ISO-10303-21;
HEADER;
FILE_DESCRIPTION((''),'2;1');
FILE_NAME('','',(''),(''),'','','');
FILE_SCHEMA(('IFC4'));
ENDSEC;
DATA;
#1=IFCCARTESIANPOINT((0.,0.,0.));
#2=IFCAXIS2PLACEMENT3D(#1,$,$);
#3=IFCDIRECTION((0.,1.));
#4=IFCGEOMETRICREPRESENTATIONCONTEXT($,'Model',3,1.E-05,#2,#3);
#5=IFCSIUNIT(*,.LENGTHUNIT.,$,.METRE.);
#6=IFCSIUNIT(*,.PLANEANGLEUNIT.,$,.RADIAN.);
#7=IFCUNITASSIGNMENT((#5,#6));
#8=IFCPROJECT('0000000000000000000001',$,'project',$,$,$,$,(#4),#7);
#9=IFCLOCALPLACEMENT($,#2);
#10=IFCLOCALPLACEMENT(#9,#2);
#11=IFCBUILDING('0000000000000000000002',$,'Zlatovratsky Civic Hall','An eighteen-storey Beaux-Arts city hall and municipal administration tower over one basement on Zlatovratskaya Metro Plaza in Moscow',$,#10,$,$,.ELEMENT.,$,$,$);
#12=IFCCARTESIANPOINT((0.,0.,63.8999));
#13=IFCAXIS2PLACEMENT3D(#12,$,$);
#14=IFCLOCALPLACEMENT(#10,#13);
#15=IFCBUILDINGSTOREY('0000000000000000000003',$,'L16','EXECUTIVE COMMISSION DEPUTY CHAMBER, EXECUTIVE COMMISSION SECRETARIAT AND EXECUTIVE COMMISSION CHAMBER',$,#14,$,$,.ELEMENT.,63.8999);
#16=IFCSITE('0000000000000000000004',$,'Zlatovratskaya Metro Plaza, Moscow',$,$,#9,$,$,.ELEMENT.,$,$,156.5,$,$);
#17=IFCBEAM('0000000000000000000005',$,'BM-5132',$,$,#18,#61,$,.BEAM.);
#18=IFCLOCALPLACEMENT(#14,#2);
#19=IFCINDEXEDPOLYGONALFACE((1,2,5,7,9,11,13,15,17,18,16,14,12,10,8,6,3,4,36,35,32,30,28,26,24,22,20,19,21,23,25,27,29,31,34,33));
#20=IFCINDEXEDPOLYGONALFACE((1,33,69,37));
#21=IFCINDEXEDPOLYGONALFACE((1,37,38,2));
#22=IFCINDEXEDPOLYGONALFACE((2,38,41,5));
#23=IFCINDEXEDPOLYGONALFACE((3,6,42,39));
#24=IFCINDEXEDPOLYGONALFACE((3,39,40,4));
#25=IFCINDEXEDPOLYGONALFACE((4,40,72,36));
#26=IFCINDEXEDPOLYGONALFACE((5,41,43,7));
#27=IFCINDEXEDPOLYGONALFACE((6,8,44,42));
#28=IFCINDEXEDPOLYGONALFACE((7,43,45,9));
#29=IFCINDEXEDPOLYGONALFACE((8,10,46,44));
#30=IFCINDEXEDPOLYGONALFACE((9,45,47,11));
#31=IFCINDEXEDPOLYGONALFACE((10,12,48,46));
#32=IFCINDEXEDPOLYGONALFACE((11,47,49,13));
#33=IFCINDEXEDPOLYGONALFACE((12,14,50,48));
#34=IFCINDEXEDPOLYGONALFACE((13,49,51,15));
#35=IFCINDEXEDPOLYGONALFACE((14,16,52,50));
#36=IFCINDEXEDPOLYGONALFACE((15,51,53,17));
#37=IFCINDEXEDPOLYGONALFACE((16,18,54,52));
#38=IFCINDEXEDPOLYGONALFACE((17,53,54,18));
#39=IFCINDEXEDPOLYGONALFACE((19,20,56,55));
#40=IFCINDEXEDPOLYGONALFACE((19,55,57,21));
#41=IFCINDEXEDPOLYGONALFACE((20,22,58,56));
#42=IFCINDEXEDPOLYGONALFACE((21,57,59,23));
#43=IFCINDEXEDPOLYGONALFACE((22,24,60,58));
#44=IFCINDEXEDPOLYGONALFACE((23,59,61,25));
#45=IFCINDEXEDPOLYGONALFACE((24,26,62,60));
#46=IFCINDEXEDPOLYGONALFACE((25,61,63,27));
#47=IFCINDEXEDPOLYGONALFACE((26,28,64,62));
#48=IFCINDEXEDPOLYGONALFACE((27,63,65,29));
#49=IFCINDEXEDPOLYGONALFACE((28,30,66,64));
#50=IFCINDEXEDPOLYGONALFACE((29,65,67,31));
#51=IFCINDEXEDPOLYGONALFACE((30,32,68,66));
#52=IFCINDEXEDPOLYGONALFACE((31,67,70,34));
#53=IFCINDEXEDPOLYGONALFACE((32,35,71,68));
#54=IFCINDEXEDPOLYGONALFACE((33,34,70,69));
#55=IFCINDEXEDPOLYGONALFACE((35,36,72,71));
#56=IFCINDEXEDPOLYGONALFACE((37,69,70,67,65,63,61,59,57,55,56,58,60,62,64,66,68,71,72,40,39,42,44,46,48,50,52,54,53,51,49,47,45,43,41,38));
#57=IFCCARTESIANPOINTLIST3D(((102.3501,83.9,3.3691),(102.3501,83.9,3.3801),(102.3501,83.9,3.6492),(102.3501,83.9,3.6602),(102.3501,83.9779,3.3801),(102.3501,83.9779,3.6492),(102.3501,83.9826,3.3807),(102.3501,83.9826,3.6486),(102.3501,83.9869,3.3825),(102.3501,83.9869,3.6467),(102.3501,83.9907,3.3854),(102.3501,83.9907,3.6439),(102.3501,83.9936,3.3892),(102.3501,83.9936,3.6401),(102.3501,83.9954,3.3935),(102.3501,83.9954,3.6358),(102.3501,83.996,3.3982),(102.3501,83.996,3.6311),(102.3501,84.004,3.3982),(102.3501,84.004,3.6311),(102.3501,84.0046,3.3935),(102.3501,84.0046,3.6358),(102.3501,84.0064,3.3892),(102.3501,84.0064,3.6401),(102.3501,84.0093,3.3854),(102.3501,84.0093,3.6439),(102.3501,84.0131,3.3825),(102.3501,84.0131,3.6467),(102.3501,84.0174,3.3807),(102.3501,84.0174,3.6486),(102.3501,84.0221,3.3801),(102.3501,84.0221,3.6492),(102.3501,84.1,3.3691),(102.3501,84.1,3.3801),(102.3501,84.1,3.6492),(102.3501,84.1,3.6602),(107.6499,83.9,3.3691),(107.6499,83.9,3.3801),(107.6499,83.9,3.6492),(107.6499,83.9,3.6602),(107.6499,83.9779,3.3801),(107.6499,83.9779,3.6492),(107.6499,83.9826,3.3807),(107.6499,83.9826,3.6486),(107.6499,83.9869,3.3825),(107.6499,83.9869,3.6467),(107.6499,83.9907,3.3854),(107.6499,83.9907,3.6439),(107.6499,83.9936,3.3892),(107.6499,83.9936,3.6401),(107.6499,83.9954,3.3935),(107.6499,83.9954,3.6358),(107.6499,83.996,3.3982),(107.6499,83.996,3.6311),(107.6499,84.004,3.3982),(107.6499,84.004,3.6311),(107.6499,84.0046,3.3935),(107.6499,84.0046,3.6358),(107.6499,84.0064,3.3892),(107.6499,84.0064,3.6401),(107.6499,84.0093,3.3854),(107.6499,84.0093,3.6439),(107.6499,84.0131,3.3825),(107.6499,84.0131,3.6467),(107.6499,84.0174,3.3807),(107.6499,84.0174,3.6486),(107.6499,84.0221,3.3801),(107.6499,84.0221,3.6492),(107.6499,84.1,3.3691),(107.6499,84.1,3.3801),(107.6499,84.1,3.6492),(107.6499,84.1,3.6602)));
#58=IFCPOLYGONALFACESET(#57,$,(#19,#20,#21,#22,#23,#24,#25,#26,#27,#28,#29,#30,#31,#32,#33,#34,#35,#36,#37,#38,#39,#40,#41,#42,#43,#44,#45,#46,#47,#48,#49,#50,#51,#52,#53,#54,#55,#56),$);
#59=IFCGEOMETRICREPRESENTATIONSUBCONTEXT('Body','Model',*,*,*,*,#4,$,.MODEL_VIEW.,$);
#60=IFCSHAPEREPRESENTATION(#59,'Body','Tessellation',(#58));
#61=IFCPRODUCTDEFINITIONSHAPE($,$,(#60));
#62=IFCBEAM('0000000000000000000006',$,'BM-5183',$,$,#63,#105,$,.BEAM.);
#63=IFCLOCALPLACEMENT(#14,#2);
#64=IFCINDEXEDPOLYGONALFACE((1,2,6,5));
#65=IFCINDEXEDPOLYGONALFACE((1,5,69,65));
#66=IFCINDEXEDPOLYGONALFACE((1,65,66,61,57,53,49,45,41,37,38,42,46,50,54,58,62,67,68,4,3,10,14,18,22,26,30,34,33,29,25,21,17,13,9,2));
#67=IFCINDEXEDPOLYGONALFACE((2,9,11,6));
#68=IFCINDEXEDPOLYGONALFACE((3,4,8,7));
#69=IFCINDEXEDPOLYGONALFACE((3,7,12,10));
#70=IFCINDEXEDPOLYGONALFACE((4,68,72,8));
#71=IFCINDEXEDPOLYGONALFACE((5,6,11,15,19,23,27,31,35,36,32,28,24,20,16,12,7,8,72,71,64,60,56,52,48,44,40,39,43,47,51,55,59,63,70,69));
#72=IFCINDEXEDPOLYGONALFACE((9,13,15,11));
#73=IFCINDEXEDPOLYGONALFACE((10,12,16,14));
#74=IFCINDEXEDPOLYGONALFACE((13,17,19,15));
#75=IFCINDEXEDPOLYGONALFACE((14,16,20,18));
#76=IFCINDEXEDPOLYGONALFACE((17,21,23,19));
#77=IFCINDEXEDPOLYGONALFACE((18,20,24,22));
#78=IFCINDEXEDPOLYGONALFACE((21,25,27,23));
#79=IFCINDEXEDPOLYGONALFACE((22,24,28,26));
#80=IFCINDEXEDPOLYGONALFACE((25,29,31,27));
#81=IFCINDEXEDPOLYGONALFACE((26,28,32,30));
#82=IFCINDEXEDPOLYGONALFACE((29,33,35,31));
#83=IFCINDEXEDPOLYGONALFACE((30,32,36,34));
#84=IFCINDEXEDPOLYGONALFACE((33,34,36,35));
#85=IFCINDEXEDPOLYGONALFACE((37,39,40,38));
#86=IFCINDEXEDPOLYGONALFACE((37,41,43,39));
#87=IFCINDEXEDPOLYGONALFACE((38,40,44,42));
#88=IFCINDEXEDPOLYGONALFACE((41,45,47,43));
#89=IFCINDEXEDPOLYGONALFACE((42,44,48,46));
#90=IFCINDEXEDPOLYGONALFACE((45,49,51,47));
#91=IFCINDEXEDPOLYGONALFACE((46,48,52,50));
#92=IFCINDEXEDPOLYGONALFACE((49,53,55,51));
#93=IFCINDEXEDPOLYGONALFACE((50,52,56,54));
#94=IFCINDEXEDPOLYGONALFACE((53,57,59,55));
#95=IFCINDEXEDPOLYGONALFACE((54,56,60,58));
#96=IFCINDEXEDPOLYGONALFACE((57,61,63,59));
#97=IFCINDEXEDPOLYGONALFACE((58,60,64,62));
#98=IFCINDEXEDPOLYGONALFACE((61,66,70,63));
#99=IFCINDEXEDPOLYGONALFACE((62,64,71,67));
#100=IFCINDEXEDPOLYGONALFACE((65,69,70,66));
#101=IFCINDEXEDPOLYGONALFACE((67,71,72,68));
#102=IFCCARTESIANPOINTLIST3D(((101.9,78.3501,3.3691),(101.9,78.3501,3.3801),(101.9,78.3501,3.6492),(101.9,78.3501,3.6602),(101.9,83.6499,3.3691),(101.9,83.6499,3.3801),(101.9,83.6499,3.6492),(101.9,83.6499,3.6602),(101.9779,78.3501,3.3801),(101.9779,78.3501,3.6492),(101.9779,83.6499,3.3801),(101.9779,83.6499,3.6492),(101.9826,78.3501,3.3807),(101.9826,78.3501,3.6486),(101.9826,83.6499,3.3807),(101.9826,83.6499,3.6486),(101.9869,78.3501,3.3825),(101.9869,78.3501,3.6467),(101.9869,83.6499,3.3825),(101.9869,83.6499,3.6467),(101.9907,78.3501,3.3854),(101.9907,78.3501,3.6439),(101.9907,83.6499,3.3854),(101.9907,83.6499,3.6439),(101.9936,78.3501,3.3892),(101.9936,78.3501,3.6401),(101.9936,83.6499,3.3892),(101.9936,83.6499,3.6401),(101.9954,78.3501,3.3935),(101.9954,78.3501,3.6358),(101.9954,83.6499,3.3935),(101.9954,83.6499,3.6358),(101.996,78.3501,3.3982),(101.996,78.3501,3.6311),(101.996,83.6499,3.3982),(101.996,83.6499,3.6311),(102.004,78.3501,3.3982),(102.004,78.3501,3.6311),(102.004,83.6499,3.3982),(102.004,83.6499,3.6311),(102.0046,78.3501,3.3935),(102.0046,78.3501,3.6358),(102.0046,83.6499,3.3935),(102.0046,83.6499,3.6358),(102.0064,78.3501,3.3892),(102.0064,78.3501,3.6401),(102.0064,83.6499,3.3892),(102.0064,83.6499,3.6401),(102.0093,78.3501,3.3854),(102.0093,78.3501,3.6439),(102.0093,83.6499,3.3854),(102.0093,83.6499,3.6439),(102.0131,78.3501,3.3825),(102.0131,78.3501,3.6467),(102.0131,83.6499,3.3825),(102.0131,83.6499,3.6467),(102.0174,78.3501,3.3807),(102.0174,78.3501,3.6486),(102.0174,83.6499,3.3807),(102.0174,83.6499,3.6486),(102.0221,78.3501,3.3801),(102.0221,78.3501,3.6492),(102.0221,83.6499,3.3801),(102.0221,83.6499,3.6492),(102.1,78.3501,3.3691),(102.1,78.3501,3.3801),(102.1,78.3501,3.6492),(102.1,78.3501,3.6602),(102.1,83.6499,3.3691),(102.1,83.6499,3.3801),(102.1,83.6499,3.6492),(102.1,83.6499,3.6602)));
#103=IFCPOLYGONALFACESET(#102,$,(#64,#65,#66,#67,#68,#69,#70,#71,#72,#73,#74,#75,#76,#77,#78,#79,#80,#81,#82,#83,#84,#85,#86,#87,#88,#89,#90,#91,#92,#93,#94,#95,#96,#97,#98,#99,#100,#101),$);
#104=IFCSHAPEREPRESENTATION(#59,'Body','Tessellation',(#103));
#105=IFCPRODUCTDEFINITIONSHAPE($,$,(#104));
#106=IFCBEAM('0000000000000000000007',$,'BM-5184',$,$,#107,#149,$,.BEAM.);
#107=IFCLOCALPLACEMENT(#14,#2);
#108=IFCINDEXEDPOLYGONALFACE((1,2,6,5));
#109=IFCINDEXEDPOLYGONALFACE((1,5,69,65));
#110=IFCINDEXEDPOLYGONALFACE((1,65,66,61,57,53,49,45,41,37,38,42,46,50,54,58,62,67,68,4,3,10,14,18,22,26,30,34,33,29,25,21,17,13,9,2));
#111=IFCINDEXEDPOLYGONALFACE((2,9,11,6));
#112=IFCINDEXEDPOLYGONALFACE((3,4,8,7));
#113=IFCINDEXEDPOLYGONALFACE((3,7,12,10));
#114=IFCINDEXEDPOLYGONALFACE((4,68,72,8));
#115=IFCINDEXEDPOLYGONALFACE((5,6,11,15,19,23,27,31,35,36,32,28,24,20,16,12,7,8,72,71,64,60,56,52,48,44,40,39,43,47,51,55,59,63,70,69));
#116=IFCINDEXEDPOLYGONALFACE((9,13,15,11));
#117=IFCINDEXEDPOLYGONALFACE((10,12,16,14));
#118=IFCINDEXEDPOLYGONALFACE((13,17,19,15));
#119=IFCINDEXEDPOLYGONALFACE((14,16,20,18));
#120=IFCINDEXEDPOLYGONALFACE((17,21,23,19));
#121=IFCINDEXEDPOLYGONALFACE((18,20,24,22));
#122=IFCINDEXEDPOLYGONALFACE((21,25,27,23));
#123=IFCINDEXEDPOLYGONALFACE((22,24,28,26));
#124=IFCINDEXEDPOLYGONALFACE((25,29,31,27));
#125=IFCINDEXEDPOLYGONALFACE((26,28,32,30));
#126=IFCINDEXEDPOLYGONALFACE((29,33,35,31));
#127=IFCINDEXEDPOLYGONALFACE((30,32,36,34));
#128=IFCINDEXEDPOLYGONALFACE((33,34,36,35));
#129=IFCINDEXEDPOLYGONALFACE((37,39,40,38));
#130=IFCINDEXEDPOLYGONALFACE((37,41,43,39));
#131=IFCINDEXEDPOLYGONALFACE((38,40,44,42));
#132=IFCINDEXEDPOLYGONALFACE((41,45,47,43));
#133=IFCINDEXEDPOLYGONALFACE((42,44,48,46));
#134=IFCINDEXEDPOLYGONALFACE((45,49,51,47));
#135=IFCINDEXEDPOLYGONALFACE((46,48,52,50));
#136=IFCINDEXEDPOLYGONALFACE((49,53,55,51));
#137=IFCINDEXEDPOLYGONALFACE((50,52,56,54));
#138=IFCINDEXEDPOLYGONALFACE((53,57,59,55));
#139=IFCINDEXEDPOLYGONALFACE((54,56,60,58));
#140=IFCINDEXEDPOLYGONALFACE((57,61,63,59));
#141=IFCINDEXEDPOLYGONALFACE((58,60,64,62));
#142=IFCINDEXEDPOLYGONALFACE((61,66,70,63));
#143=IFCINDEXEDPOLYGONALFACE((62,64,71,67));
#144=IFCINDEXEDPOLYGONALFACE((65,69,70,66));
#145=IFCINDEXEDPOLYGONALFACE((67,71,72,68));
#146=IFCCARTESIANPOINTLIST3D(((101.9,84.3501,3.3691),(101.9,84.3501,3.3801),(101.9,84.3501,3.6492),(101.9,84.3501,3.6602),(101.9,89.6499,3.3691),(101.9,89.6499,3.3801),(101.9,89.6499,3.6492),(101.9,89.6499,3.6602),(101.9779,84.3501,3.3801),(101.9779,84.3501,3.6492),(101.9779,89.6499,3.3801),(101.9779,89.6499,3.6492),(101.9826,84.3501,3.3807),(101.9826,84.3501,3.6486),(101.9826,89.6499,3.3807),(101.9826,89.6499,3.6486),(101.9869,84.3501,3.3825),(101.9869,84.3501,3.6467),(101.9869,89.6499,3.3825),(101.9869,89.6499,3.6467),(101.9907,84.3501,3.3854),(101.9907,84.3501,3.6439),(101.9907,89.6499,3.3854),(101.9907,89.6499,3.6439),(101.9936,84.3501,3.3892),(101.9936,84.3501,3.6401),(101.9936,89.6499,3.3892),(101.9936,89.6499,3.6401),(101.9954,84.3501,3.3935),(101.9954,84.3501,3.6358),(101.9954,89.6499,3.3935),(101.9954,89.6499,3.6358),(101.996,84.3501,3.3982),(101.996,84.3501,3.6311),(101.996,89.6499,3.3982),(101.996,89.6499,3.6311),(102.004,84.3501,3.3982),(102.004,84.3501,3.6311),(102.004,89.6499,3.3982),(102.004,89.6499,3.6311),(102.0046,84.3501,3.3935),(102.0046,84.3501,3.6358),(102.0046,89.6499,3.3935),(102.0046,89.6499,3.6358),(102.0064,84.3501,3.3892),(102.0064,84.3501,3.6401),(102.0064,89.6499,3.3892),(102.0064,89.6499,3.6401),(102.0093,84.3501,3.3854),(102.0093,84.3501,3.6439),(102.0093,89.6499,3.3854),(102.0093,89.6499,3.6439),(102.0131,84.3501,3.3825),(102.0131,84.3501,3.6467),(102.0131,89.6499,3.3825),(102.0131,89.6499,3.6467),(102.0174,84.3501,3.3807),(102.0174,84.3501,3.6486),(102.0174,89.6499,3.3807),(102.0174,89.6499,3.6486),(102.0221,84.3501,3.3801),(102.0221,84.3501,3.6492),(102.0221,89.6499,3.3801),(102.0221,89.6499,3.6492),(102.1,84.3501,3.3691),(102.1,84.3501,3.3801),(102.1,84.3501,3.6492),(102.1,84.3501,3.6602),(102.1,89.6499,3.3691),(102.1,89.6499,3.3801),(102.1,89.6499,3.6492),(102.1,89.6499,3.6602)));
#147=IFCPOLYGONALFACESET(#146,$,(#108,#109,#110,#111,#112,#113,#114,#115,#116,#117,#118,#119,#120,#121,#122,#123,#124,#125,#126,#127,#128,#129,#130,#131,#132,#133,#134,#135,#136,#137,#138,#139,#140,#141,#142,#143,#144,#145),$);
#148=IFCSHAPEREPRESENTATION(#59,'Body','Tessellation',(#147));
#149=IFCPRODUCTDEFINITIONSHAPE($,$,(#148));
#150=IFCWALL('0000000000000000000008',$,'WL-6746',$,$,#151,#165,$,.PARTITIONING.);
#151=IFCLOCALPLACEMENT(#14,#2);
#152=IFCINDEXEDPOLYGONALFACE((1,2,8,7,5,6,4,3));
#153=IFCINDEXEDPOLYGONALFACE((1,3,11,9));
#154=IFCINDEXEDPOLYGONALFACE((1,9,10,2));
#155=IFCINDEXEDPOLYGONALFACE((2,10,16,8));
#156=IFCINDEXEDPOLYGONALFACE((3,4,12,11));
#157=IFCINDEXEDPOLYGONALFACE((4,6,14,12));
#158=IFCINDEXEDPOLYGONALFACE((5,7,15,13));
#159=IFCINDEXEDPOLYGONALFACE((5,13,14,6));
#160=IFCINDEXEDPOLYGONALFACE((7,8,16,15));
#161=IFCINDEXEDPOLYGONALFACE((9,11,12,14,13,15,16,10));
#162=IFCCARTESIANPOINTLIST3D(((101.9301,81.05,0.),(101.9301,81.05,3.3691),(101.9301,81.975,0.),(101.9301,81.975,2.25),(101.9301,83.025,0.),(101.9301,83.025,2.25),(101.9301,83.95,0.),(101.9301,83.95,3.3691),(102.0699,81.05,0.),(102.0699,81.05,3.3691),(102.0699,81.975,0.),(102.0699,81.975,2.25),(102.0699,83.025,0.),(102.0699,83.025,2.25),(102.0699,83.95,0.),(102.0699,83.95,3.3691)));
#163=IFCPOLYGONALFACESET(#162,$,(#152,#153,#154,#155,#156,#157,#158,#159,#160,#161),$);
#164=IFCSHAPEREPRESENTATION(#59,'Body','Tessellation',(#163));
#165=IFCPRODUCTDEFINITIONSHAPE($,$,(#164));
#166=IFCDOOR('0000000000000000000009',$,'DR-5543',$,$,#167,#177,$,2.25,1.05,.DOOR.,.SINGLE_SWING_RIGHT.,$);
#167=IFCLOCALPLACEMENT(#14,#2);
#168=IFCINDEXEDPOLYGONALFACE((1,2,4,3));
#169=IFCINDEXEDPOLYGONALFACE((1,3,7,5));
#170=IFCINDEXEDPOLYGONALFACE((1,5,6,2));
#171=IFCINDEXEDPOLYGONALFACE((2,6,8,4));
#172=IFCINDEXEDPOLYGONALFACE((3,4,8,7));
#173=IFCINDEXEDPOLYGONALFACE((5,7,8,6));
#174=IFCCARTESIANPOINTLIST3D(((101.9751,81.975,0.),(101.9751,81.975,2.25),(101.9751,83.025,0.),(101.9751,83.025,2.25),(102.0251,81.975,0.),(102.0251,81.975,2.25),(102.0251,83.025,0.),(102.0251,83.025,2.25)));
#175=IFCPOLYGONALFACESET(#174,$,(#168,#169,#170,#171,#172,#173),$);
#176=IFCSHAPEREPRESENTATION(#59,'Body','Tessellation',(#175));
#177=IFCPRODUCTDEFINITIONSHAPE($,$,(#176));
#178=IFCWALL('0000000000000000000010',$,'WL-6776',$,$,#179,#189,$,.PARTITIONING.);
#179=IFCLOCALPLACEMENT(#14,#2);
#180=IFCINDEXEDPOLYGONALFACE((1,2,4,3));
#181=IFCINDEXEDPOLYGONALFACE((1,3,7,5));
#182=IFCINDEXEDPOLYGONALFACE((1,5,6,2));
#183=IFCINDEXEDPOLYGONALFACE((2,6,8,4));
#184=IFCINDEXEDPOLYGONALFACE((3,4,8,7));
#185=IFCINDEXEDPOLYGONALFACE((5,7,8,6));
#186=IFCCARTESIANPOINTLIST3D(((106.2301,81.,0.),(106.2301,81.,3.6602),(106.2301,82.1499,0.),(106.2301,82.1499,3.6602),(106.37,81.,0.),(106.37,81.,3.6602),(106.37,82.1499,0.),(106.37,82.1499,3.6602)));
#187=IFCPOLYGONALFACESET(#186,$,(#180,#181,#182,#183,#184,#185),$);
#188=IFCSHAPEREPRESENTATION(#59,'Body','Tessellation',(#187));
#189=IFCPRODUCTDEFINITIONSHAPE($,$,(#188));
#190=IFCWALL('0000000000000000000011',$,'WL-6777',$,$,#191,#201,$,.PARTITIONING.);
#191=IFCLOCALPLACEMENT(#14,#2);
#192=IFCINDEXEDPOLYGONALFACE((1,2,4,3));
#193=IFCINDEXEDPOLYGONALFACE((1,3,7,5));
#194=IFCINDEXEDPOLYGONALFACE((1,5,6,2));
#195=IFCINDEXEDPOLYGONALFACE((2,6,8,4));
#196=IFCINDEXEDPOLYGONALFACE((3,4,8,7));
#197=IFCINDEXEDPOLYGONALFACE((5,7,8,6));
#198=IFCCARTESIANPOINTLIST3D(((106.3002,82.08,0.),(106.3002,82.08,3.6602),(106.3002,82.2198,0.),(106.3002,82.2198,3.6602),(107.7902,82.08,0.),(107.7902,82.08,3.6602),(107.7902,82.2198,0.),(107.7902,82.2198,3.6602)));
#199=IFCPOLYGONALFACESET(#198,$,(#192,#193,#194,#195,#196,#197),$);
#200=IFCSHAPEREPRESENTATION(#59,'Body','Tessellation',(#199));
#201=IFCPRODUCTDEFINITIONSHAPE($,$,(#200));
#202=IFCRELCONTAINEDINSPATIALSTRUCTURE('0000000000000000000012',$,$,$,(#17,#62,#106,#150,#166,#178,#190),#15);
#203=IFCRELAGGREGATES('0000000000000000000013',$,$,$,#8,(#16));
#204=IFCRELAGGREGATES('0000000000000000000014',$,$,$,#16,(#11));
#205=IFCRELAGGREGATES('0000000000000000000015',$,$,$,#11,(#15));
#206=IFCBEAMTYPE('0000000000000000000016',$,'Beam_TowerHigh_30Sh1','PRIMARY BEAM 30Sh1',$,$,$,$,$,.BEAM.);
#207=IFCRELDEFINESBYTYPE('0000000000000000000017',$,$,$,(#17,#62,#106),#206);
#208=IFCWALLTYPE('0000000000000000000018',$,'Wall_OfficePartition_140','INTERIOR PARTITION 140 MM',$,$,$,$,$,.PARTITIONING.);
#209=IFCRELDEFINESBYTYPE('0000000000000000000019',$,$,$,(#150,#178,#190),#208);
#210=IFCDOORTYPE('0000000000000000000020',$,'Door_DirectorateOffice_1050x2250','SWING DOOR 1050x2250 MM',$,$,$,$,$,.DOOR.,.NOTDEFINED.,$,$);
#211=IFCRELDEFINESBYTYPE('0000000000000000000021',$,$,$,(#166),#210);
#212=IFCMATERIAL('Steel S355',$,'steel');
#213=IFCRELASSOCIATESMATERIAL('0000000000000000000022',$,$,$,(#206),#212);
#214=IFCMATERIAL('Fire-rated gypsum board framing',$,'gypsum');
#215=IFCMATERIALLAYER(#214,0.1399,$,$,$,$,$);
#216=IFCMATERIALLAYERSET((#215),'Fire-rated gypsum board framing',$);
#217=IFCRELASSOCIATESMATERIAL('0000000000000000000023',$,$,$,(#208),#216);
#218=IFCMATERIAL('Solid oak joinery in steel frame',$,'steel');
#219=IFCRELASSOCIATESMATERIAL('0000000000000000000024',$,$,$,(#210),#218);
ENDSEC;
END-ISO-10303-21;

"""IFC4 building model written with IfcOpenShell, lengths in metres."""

from ifc_helpers import new_model, si_unit, direction, frame, frame_2d, origin, origin_2d, place, context, subcontext, project, spatial, rectangle, i_section, extrude, material, layer, layer_set, material_profile, profile_set, type_object, element, fill, save


model = new_model("IFC4")

# Units and contexts
model_context = context("Model", 3, precision=1e-05, world=origin(), true_north=direction((0.0, 1.0)))
body_context = subcontext(model_context, "Body", "Model", "MODEL_VIEW")
ifc_project = project(units=[si_unit("LENGTHUNIT", "METRE"), si_unit("PLANEANGLEUNIT", "RADIAN")], contexts=[model_context])

# Site, building, storey
site_placement = place(None, origin())
site = spatial("IfcSite", under=ifc_project, at=site_placement, Name="Zlatovratskaya Metro Plaza, Moscow", CompositionType="ELEMENT", RefElevation=156.5)
building_placement = place(site_placement, origin())
building = spatial("IfcBuilding", under=site, at=building_placement, Name="Zlatovratsky Civic Hall", Description="An eighteen-storey Beaux-Arts city hall and municipal administration tower over one basement on Zlatovratskaya Metro Plaza in Moscow", CompositionType="ELEMENT")
storey_placement = place(building_placement, frame((0.0, 0.0, 63.8999)))
storey = spatial("IfcBuildingStorey", under=building, at=storey_placement, Name="L16", Description="EXECUTIVE COMMISSION DEPUTY CHAMBER, EXECUTIVE COMMISSION SECRETARIAT AND EXECUTIVE COMMISSION CHAMBER", CompositionType="ELEMENT", Elevation=63.8999)

# Beams
ifc_material_1 = material(Name="Steel S355", Category="steel")
ifc_material_profile_1 = material_profile(ifc_material_1, i_section(OverallWidth=0.2, OverallDepth=0.291, WebThickness=0.0081, FlangeThickness=0.011, FilletRadius=0.0181, at=origin_2d()), Name="30Sh1")
ifc_profile_set_1 = profile_set([ifc_material_profile_1], Name="Steel S355")
beam_type_1 = type_object("IfcBeamType", Name="Beam_TowerHigh_30Sh1", Description="PRIMARY BEAM 30Sh1", PredefinedType="BEAM", material=ifc_profile_set_1)
for number, where, z_axis, x_axis, name in (
    (1, (102.3501, 84.0, 3.5146), (1.0, 0.0, 0.0), (0.0, 1.0, 0.0), "BM-5132"),
    (2, (102.0, 78.3501, 3.5146), (0.0, 1.0, 0.0), (-1.0, 0.0, 0.0), "BM-5183"),
    (3, (102.0, 84.3501, 3.5146), (0.0, 1.0, 0.0), (-1.0, 0.0, 0.0), "BM-5184"),
):
    element("IfcBeam", number, at=place(storey_placement, frame(where, z_axis=z_axis, x_axis=x_axis)), inside=storey, type_object=beam_type_1, Name=name, PredefinedType="BEAM", context=body_context, shape_type="SweptSolid", body=[
        extrude(i_section(OverallWidth=0.2, OverallDepth=0.291, WebThickness=0.0081, FlangeThickness=0.011, FilletRadius=0.0181, at=origin_2d()), origin(), (0.0, 0.0, 1.0), 5.2998),
    ])

# Wall, opening, door
ifc_material_2 = material(Name="Fire-rated gypsum board framing", Category="gypsum")
ifc_layer_1 = layer(ifc_material_2, 0.1399)
ifc_layer_set_1 = layer_set([ifc_layer_1], Name="Fire-rated gypsum board framing")
wall_type_1 = type_object("IfcWallType", Name="Wall_OfficePartition_140", Description="INTERIOR PARTITION 140 MM", PredefinedType="PARTITIONING", material=ifc_layer_set_1)
wall_1_placement = place(storey_placement, frame((102.0, 81.05, 0.0), z_axis=(0.0, 0.0, 1.0), x_axis=(0.0, 1.0, 0.0)))
wall_1 = element("IfcWall", 4, at=wall_1_placement, inside=storey, type_object=wall_type_1, Name="WL-6746", PredefinedType="PARTITIONING", context=body_context, shape_type="SweptSolid", body=[
    extrude(rectangle(XDim=2.8999, YDim=0.1399, at=frame_2d((1.45, 0.0))), origin(), (0.0, 0.0, 1.0), 3.3691),
])
opening_1_placement = place(wall_1_placement, frame((0.925, 0.0, 0.0)))
opening_1 = element("IfcOpeningElement", 5, at=opening_1_placement, cuts=wall_1, PredefinedType="OPENING", context=body_context, shape_type="SweptSolid", body=[
    extrude(rectangle(XDim=1.05, YDim=2.25, at=frame_2d((0.5249, 1.125))), frame((0.0, 0.085, 0.0), z_axis=(0.0, -1.0, 0.0), x_axis=(1.0, 0.0, 0.0)), (0.0, 0.0, 1.0), 0.1697),
])
ifc_material_3 = material(Name="Solid oak joinery in steel frame", Category="steel")
door_type = type_object("IfcDoorType", Name="Door_DirectorateOffice_1050x2250", Description="SWING DOOR 1050x2250 MM", OperationType="NOTDEFINED", PredefinedType="DOOR", material=ifc_material_3)
door_placement = place(opening_1_placement, origin())
door = element("IfcDoor", 6, at=door_placement, inside=storey, type_object=door_type, Name="DR-5543", OperationType="SINGLE_SWING_RIGHT", OverallHeight=2.25, OverallWidth=1.05, PredefinedType="DOOR", context=body_context, shape_type="SweptSolid", body=[
    extrude(rectangle(XDim=1.05, YDim=2.25, at=frame_2d((0.5249, 1.125))), frame((0.0, 0.0249, 0.0), z_axis=(0.0, -1.0, 0.0), x_axis=(1.0, 0.0, 0.0)), (0.0, 0.0, 1.0), 0.05),
])
fill(opening_1, door)

# Walls
wall_2_placement = place(storey_placement, frame((106.3, 81.0, 0.0), z_axis=(0.0, 0.0, 1.0), x_axis=(0.0, 1.0, 0.0)))
element("IfcWall", 7, at=wall_2_placement, inside=storey, type_object=wall_type_1, Name="WL-6776", PredefinedType="PARTITIONING", context=body_context, shape_type="SweptSolid", body=[
    extrude(rectangle(XDim=1.1499, YDim=0.1399, at=frame_2d((0.575, 0.0))), origin(), (0.0, 0.0, 1.0), 3.6602),
])
wall_3_placement = place(storey_placement, frame((106.3, 82.1499, 0.0), z_axis=(0.0, 0.0, 1.0), x_axis=(1.0, 0.0, 0.0)))
element("IfcWall", 8, at=wall_3_placement, inside=storey, type_object=wall_type_1, Name="WL-6777", PredefinedType="PARTITIONING", context=body_context, shape_type="SweptSolid", body=[
    extrude(rectangle(XDim=1.49, YDim=0.1399, at=frame_2d((0.7451, 0.0))), origin(), (0.0, 0.0, 1.0), 3.6602),
])

save(model, "model.ifc")
